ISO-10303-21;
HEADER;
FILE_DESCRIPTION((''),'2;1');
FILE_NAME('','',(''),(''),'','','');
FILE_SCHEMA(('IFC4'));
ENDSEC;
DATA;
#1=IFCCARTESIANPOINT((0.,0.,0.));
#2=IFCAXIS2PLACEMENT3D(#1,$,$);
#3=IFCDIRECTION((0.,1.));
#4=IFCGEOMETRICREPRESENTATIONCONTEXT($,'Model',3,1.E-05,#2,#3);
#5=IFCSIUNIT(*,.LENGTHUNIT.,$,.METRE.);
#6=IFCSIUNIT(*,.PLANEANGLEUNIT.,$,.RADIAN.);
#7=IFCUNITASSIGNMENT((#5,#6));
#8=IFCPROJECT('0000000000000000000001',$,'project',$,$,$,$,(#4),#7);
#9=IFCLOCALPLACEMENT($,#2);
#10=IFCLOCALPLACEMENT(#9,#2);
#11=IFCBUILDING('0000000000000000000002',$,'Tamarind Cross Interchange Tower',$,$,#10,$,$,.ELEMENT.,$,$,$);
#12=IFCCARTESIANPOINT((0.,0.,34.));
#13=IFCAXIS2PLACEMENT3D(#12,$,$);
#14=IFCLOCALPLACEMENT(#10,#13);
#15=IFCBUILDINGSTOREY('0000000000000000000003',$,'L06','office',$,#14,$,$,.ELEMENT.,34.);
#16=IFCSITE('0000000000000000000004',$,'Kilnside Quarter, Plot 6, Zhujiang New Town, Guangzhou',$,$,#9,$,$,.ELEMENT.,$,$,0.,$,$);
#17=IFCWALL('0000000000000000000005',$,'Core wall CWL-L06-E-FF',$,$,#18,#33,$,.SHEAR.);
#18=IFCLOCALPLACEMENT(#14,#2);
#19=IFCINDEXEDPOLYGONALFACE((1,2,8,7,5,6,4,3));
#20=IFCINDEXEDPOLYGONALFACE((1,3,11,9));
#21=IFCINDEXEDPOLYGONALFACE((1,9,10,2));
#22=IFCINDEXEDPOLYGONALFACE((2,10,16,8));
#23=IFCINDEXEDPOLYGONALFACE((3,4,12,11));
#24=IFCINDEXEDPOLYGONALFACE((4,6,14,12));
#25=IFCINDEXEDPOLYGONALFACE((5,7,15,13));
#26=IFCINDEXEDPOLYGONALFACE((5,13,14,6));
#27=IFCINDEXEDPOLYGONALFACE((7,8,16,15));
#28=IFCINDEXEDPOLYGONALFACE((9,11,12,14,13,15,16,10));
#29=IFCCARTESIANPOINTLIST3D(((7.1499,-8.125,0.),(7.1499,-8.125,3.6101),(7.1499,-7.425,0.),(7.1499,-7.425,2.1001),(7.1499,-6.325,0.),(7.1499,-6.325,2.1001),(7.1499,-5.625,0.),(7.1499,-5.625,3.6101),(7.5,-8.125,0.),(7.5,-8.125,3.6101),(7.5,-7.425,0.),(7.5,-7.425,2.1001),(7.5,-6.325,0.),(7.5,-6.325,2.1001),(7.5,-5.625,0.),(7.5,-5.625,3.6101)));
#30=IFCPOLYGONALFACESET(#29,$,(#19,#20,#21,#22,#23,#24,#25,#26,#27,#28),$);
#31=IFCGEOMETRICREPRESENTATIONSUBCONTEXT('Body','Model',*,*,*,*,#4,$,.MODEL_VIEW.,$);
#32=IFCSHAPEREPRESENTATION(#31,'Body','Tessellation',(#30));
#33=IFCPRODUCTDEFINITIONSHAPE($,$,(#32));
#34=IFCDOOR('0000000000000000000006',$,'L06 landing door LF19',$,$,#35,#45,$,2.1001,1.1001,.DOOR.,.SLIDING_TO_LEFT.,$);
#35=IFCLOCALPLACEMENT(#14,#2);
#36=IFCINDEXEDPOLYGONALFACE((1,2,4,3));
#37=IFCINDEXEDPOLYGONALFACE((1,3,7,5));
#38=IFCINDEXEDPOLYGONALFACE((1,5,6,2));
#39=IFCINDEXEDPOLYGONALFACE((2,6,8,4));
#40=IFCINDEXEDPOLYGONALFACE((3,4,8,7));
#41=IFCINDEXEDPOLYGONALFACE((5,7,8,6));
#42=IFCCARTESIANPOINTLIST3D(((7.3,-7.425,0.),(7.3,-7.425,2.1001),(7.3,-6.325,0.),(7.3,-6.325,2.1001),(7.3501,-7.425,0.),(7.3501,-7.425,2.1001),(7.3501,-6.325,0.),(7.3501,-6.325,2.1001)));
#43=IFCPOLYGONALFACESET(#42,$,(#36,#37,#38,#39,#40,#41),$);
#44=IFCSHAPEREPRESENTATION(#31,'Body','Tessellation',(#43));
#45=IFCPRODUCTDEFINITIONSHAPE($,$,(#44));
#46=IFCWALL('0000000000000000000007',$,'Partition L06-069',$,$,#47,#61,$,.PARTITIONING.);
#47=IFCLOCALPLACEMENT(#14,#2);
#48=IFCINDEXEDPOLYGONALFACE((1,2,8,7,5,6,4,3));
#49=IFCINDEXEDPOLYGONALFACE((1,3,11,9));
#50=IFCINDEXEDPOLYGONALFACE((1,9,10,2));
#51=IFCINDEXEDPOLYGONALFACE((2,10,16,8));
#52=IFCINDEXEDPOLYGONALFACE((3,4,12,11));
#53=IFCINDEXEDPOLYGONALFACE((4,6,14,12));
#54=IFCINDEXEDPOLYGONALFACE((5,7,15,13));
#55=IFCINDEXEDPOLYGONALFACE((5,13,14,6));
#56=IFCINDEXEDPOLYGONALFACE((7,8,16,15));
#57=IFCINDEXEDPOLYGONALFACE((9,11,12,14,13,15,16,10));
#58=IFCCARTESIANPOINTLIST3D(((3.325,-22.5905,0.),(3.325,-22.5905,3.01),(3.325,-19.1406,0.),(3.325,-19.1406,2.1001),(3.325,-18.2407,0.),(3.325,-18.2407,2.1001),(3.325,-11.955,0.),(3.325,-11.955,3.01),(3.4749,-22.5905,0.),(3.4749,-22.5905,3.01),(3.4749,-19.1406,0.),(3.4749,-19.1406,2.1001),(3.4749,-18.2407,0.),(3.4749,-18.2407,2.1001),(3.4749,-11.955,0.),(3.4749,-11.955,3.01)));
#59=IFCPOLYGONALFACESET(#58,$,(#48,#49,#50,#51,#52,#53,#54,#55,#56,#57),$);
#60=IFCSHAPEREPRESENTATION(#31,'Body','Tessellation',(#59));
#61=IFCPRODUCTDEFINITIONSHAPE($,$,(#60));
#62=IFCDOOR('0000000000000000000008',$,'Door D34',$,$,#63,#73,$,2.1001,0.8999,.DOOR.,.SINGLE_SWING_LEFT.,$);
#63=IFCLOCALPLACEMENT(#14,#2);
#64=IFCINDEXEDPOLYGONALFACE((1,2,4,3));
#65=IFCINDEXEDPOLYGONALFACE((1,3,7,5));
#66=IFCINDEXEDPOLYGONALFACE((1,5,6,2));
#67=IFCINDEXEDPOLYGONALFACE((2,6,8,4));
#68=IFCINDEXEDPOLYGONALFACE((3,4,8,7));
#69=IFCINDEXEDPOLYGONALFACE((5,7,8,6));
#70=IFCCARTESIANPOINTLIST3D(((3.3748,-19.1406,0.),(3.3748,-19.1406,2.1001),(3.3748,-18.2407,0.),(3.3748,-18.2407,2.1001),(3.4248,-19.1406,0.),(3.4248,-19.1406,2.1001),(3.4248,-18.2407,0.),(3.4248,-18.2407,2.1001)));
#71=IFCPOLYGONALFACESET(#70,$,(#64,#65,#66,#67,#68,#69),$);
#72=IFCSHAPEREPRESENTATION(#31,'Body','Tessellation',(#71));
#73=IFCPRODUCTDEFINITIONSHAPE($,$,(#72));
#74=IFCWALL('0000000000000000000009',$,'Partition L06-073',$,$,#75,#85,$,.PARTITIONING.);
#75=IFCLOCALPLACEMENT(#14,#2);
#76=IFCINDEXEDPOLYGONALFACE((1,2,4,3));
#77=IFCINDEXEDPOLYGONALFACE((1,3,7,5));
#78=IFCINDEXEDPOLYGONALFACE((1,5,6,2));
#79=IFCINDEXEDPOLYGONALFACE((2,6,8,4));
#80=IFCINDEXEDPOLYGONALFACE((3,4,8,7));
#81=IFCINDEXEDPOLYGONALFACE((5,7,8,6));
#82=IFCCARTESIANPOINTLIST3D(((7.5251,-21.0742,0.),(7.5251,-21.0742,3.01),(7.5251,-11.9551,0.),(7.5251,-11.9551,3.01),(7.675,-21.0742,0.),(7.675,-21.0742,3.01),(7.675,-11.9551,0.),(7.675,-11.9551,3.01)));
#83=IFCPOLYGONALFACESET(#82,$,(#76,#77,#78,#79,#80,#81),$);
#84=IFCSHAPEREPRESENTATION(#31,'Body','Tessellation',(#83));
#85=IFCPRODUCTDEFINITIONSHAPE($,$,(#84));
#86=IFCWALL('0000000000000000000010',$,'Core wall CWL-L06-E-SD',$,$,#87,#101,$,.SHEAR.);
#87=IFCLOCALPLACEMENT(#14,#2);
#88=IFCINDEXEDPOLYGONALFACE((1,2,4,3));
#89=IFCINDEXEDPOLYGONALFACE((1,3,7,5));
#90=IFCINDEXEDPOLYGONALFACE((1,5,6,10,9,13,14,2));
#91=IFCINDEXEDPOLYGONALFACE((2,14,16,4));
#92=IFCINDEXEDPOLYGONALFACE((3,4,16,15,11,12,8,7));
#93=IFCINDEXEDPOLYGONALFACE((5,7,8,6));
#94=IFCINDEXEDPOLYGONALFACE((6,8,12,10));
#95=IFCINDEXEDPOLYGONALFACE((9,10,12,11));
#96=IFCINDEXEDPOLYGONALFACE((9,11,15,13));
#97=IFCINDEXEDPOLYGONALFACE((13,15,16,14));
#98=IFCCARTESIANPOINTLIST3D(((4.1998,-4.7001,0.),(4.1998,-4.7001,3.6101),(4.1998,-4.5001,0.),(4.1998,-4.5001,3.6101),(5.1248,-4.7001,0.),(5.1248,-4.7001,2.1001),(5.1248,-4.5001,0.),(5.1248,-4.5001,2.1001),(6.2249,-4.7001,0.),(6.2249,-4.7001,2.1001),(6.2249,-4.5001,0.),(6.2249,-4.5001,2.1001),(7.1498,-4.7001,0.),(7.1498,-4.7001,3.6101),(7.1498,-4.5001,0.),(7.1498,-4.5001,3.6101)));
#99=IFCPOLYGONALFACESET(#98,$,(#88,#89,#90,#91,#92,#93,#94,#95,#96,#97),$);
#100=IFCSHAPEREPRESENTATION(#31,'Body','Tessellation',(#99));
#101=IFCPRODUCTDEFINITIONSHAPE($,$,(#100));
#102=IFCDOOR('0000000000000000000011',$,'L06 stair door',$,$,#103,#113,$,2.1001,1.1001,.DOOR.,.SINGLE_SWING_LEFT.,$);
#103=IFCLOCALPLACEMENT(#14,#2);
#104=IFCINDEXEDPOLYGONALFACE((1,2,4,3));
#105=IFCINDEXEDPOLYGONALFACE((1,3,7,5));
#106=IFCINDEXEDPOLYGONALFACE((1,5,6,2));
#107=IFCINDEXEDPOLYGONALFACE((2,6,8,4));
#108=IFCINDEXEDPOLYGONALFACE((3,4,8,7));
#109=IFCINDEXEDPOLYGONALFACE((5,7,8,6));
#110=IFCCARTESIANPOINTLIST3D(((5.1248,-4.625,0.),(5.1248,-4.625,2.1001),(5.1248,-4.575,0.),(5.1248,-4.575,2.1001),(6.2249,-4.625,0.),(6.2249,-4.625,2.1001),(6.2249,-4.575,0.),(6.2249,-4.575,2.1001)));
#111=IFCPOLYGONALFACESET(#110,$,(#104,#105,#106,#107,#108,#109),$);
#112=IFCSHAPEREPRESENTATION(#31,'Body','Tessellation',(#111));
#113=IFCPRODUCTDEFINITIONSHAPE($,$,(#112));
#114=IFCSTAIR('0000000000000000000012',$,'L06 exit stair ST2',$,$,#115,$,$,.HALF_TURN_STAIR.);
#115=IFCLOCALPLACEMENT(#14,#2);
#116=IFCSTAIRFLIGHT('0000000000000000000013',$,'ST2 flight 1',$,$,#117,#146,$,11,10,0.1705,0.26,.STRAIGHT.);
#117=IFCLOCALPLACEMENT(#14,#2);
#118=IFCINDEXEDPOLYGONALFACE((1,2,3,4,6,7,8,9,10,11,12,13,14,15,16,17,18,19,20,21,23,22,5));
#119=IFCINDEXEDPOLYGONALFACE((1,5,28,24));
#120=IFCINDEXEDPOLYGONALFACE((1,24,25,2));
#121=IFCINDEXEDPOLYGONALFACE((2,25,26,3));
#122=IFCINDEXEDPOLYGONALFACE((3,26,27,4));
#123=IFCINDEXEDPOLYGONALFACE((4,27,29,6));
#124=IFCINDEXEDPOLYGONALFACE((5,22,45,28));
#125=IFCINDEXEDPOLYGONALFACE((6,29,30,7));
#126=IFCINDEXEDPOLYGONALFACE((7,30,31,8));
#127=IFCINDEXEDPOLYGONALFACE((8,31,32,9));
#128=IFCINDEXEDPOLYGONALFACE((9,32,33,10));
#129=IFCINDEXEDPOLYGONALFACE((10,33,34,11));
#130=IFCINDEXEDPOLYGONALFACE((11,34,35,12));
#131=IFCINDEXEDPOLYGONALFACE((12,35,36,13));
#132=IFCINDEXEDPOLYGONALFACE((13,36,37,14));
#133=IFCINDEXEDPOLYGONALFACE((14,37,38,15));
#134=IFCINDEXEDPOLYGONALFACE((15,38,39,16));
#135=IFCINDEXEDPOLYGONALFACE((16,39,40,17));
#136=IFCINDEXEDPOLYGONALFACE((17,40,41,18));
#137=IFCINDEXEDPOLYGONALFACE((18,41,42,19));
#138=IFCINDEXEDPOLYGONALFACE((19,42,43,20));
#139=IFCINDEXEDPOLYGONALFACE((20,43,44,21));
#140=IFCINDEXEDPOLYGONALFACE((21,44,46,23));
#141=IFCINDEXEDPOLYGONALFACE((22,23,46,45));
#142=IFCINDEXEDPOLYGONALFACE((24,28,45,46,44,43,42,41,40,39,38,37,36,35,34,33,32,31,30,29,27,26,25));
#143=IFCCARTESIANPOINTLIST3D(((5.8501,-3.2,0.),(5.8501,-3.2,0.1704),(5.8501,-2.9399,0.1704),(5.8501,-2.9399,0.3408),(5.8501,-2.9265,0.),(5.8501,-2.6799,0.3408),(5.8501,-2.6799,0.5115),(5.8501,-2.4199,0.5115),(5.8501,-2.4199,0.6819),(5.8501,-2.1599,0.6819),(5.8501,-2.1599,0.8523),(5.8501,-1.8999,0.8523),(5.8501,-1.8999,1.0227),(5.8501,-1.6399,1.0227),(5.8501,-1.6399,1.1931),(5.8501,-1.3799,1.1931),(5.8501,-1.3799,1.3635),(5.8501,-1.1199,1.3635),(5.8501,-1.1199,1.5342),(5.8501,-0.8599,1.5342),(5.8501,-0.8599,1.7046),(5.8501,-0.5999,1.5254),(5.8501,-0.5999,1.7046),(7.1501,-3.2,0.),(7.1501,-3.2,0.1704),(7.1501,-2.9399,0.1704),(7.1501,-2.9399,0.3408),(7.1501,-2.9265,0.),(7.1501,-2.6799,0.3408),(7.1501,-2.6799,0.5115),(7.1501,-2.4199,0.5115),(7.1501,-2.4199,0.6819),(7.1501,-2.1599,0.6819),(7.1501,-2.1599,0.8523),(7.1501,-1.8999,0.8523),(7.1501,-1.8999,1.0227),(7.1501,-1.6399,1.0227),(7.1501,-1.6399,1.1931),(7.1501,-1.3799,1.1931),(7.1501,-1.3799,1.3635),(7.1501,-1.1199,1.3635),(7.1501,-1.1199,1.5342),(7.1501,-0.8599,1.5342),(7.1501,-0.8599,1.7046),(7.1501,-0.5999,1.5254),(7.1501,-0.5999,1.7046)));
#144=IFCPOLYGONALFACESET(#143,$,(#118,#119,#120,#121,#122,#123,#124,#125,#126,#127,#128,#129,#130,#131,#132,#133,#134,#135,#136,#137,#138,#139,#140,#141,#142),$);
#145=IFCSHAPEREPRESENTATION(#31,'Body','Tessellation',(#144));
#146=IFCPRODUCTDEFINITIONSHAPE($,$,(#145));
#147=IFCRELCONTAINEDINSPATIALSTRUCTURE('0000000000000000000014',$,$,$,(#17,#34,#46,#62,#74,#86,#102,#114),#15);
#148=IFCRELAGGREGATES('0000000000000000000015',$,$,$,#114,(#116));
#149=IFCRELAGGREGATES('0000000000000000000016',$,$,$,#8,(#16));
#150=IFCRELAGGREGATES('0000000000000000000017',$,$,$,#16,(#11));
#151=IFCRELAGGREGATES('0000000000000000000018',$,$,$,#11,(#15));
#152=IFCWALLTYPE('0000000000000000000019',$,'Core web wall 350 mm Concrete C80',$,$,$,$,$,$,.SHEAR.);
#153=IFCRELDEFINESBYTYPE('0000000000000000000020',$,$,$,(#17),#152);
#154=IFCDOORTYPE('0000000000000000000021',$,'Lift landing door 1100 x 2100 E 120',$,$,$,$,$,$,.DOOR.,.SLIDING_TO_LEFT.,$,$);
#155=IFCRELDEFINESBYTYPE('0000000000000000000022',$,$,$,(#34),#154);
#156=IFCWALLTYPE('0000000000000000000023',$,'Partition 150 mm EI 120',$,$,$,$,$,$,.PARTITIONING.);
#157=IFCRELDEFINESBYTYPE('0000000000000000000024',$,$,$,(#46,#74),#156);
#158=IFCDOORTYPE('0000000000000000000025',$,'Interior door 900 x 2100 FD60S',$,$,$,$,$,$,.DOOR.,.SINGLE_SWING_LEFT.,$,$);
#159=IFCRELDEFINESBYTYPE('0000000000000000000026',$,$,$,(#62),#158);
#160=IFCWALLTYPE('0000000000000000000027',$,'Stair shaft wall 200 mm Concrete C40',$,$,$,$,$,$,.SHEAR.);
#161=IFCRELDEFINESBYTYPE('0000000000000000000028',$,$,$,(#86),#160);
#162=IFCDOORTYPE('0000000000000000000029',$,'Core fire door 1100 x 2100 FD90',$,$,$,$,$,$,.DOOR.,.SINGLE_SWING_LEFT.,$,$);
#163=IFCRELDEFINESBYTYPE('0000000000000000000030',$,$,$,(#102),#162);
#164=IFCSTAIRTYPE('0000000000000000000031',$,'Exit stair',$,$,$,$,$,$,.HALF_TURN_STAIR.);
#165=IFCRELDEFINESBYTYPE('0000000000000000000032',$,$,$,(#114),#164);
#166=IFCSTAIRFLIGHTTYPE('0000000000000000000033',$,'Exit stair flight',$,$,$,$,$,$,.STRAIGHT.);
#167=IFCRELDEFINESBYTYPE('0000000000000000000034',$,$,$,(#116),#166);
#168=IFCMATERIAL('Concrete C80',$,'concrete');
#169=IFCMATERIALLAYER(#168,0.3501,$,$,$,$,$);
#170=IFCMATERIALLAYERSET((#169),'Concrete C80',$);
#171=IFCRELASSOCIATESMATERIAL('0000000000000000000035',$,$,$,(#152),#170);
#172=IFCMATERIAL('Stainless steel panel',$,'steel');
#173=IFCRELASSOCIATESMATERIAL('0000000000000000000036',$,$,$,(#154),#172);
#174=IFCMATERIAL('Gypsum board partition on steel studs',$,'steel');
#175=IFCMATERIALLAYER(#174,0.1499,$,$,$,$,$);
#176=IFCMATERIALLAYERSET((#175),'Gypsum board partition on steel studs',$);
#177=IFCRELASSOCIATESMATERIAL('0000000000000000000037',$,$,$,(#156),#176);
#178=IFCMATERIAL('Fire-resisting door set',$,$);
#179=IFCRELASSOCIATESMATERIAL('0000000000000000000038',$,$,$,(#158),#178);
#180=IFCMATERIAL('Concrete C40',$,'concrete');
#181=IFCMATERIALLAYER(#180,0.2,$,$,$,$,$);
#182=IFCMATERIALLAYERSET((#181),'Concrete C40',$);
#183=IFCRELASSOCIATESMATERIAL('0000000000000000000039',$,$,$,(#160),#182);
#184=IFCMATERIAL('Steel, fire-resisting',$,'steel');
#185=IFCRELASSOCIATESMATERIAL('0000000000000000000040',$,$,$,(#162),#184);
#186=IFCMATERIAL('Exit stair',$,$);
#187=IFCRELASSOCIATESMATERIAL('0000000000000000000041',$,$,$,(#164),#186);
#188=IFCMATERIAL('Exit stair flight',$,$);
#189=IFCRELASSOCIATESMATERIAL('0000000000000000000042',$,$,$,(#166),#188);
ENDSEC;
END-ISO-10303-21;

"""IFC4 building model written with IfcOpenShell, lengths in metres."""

from ifc_helpers import new_model, si_unit, direction, frame, frame_2d, origin, place, context, subcontext, project, spatial, polyline, rectangle, outline, extrude, material, layer, layer_set, type_object, element, fill, aggregate, save


model = new_model("IFC4")

# Units and contexts
model_context = context("Model", 3, precision=1e-05, world=origin(), true_north=direction((0.0, 1.0)))
body_context = subcontext(model_context, "Body", "Model", "MODEL_VIEW")
ifc_project = project(units=[si_unit("LENGTHUNIT", "METRE"), si_unit("PLANEANGLEUNIT", "RADIAN")], contexts=[model_context])

# Site, building, storey
site_placement = place(None, origin())
site = spatial("IfcSite", under=ifc_project, at=site_placement, Name="Kilnside Quarter, Plot 6, Zhujiang New Town, Guangzhou", CompositionType="ELEMENT", RefElevation=0.0)
building_placement = place(site_placement, origin())
building = spatial("IfcBuilding", under=site, at=building_placement, Name="Tamarind Cross Interchange Tower", CompositionType="ELEMENT")
storey_placement = place(building_placement, frame((0.0, 0.0, 34.0)))
storey = spatial("IfcBuildingStorey", under=building, at=storey_placement, Name="L06", Description="office", CompositionType="ELEMENT", Elevation=34.0)

# Shared definitions
ifc_material_1 = material(Name="Concrete C40", Category="concrete")

# Shared definitions
ifc_material_2 = material(Name="Concrete C80", Category="concrete")
ifc_material_3 = material(Name="Steel, fire-resisting", Category="steel")

# Shared definitions
ifc_layer_1 = layer(ifc_material_2, 0.3501)
ifc_layer_set_1 = layer_set([ifc_layer_1], Name="Concrete C80")
wall_type_1 = type_object("IfcWallType", Name="Core web wall 350 mm Concrete C80", PredefinedType="SHEAR", material=ifc_layer_set_1)

# Walls, openings, doors
wall_1_placement = place(storey_placement, frame((7.325, -8.125, 0.0), z_axis=(0.0, 0.0, 1.0), x_axis=(0.0, 1.0, 0.0)))
wall_1 = element("IfcWall", 1, at=wall_1_placement, inside=storey, type_object=wall_type_1, Name="Core wall CWL-L06-E-FF", PredefinedType="SHEAR", context=body_context, shape_type="SweptSolid", body=[
    extrude(rectangle(XDim=2.5, YDim=0.3501, at=frame_2d((1.25, 0.0))), origin(), (0.0, 0.0, 1.0), 3.6101),
])
opening_1_placement = place(wall_1_placement, frame((0.7, 0.0, 0.0)))
opening_1 = element("IfcOpeningElement", 2, at=opening_1_placement, cuts=wall_1, PredefinedType="OPENING", context=body_context, shape_type="SweptSolid", body=[
    extrude(rectangle(XDim=1.1001, YDim=2.1001, at=frame_2d((0.55, 1.05))), frame((0.0, 0.1851, 0.0), z_axis=(0.0, -1.0, 0.0), x_axis=(1.0, 0.0, 0.0)), (0.0, 0.0, 1.0), 0.3701),
])
ifc_material_4 = material(Name="Stainless steel panel", Category="steel")
door_type_1 = type_object("IfcDoorType", Name="Lift landing door 1100 x 2100 E 120", OperationType="SLIDING_TO_LEFT", PredefinedType="DOOR", material=ifc_material_4)
door_1_placement = place(opening_1_placement, origin())
door_1 = element("IfcDoor", 3, at=door_1_placement, inside=storey, type_object=door_type_1, Name="L06 landing door LF19", OperationType="SLIDING_TO_LEFT", OverallHeight=2.1001, OverallWidth=1.1001, PredefinedType="DOOR", context=body_context, shape_type="SweptSolid", body=[
    extrude(rectangle(XDim=1.1001, YDim=2.1001, at=frame_2d((0.55, 1.05))), frame((0.0, 0.0249, 0.0), z_axis=(0.0, -1.0, 0.0), x_axis=(1.0, 0.0, 0.0)), (0.0, 0.0, 1.0), 0.05),
])
fill(opening_1, door_1)
ifc_material_5 = material(Name="Gypsum board partition on steel studs", Category="steel")
ifc_layer_2 = layer(ifc_material_5, 0.1499)
ifc_layer_set_2 = layer_set([ifc_layer_2], Name="Gypsum board partition on steel studs")
wall_type_2 = type_object("IfcWallType", Name="Partition 150 mm EI 120", PredefinedType="PARTITIONING", material=ifc_layer_set_2)
wall_2_placement = place(storey_placement, frame((3.3999, -22.5906, 0.0), z_axis=(0.0, 0.0, 1.0), x_axis=(0.0, 1.0, 0.0)))
wall_2 = element("IfcWall", 4, at=wall_2_placement, inside=storey, type_object=wall_type_2, Name="Partition L06-069", PredefinedType="PARTITIONING", context=body_context, shape_type="SweptSolid", body=[
    extrude(rectangle(XDim=10.6355, YDim=0.1499, at=frame_2d((5.3179, 0.0))), origin(), (0.0, 0.0, 1.0), 3.01),
])
opening_2_placement = place(wall_2_placement, frame((3.45, 0.0, 0.0)))
opening_2 = element("IfcOpeningElement", 5, at=opening_2_placement, cuts=wall_2, PredefinedType="OPENING", context=body_context, shape_type="SweptSolid", body=[
    extrude(rectangle(XDim=0.8999, YDim=2.1001, at=frame_2d((0.45, 1.05))), frame((0.0, 0.085, 0.0), z_axis=(0.0, -1.0, 0.0), x_axis=(1.0, 0.0, 0.0)), (0.0, 0.0, 1.0), 0.1699),
])
ifc_material_6 = material(Name="Fire-resisting door set")
door_type_2 = type_object("IfcDoorType", Name="Interior door 900 x 2100 FD60S", OperationType="SINGLE_SWING_LEFT", PredefinedType="DOOR", material=ifc_material_6)
door_2_placement = place(opening_2_placement, frame((0.8999, 0.0, 0.0), z_axis=(0.0, 0.0, 1.0), x_axis=(-1.0, 0.0, 0.0)))
door_2 = element("IfcDoor", 6, at=door_2_placement, inside=storey, type_object=door_type_2, Name="Door D34", OperationType="SINGLE_SWING_LEFT", OverallHeight=2.1001, OverallWidth=0.8999, PredefinedType="DOOR", context=body_context, shape_type="SweptSolid", body=[
    extrude(rectangle(XDim=0.8999, YDim=2.1001, at=frame_2d((0.45, 1.05))), frame((0.0, 0.0249, 0.0), z_axis=(0.0, -1.0, 0.0), x_axis=(1.0, 0.0, 0.0)), (0.0, 0.0, 1.0), 0.05),
])
fill(opening_2, door_2)

# Wall
wall_3_placement = place(storey_placement, frame((7.6001, -21.0742, 0.0), z_axis=(0.0, 0.0, 1.0), x_axis=(0.0, 1.0, 0.0)))
element("IfcWall", 7, at=wall_3_placement, inside=storey, type_object=wall_type_2, Name="Partition L06-073", PredefinedType="PARTITIONING", context=body_context, shape_type="SweptSolid", body=[
    extrude(rectangle(XDim=9.1191, YDim=0.1499, at=frame_2d((4.5596, 0.0))), origin(), (0.0, 0.0, 1.0), 3.01),
])

# Wall, opening, door
ifc_layer_3 = layer(ifc_material_1, 0.2)
ifc_layer_set_3 = layer_set([ifc_layer_3], Name="Concrete C40")
wall_type_3 = type_object("IfcWallType", Name="Stair shaft wall 200 mm Concrete C40", PredefinedType="SHEAR", material=ifc_layer_set_3)
wall_4_placement = place(storey_placement, frame((7.1499, -4.6001, 0.0), z_axis=(0.0, 0.0, 1.0), x_axis=(-1.0, 0.0, 0.0)))
wall_4 = element("IfcWall", 8, at=wall_4_placement, inside=storey, type_object=wall_type_3, Name="Core wall CWL-L06-E-SD", PredefinedType="SHEAR", context=body_context, shape_type="SweptSolid", body=[
    extrude(rectangle(XDim=2.95, YDim=0.2, at=frame_2d((1.4751, 0.0))), origin(), (0.0, 0.0, 1.0), 3.6101),
])
opening_3_placement = place(wall_4_placement, frame((0.925, 0.0, 0.0)))
opening_3 = element("IfcOpeningElement", 9, at=opening_3_placement, cuts=wall_4, PredefinedType="OPENING", context=body_context, shape_type="SweptSolid", body=[
    extrude(rectangle(XDim=1.1001, YDim=2.1001, at=frame_2d((0.55, 1.05))), frame((0.0, 0.1099, 0.0), z_axis=(0.0, -1.0, 0.0), x_axis=(1.0, 0.0, 0.0)), (0.0, 0.0, 1.0), 0.22),
])
door_type_3 = type_object("IfcDoorType", Name="Core fire door 1100 x 2100 FD90", OperationType="SINGLE_SWING_LEFT", PredefinedType="DOOR", material=ifc_material_3)
door_3_placement = place(opening_3_placement, origin())
door_3 = element("IfcDoor", 10, at=door_3_placement, inside=storey, type_object=door_type_3, Name="L06 stair door", OperationType="SINGLE_SWING_LEFT", OverallHeight=2.1001, OverallWidth=1.1001, PredefinedType="DOOR", context=body_context, shape_type="SweptSolid", body=[
    extrude(rectangle(XDim=1.1001, YDim=2.1001, at=frame_2d((0.55, 1.05))), frame((0.0, 0.0249, 0.0), z_axis=(0.0, -1.0, 0.0), x_axis=(1.0, 0.0, 0.0)), (0.0, 0.0, 1.0), 0.05),
])
fill(opening_3, door_3)

# Stair, stair flight
ifc_material_7 = material(Name="Exit stair")
stair_type = type_object("IfcStairType", Name="Exit stair", PredefinedType="HALF_TURN_STAIR", material=ifc_material_7)
stair_placement = place(storey_placement, origin())
stair = element("IfcStair", 11, at=stair_placement, inside=storey, type_object=stair_type, Name="L06 exit stair ST2", PredefinedType="HALF_TURN_STAIR")
ifc_material_8 = material(Name="Exit stair flight")
stair_flight_type = type_object("IfcStairFlightType", Name="Exit stair flight", PredefinedType="STRAIGHT", material=ifc_material_8)
stair_flight_1_placement = place(storey_placement, frame((6.5, -3.2, 0.0), z_axis=(0.0, 0.0, 1.0), x_axis=(0.0, 1.0, 0.0)))
stair_flight_1 = element("IfcStairFlight", 12, at=stair_flight_1_placement, type_object=stair_flight_type, Name="ST2 flight 1", NumberOfRisers=11, NumberOfTreads=10, PredefinedType="STRAIGHT", RiserHeight=0.1705, TreadLength=0.26, context=body_context, shape_type="SweptSolid", body=[
    extrude(outline(polyline([(0.0, 0.0), (0.0, 0.1704), (0.26, 0.1704), (0.26, 0.3408), (0.52, 0.3408), (0.52, 0.5115), (0.78, 0.5115), (0.78, 0.6819), (1.04, 0.6819), (1.04, 0.8523), (1.3, 0.8523), (1.3, 1.0227), (1.5601, 1.0227), (1.5601, 1.1931), (1.8201, 1.1931), (1.8201, 1.3635), (2.0801, 1.3635), (2.0801, 1.5342), (2.3401, 1.5342), (2.3401, 1.7046), (2.6001, 1.7046), (2.6001, 1.875), (2.6001, 1.5254), (0.2734, 0.0), (0.0, 0.0)])), frame((0.0, 0.6499, 0.0), z_axis=(0.0, -1.0, 0.0), x_axis=(1.0, 0.0, 0.0)), (0.0, 0.0, 1.0), 1.3),
])
aggregate(stair, [stair_flight_1])

save(model, "model.ifc")
